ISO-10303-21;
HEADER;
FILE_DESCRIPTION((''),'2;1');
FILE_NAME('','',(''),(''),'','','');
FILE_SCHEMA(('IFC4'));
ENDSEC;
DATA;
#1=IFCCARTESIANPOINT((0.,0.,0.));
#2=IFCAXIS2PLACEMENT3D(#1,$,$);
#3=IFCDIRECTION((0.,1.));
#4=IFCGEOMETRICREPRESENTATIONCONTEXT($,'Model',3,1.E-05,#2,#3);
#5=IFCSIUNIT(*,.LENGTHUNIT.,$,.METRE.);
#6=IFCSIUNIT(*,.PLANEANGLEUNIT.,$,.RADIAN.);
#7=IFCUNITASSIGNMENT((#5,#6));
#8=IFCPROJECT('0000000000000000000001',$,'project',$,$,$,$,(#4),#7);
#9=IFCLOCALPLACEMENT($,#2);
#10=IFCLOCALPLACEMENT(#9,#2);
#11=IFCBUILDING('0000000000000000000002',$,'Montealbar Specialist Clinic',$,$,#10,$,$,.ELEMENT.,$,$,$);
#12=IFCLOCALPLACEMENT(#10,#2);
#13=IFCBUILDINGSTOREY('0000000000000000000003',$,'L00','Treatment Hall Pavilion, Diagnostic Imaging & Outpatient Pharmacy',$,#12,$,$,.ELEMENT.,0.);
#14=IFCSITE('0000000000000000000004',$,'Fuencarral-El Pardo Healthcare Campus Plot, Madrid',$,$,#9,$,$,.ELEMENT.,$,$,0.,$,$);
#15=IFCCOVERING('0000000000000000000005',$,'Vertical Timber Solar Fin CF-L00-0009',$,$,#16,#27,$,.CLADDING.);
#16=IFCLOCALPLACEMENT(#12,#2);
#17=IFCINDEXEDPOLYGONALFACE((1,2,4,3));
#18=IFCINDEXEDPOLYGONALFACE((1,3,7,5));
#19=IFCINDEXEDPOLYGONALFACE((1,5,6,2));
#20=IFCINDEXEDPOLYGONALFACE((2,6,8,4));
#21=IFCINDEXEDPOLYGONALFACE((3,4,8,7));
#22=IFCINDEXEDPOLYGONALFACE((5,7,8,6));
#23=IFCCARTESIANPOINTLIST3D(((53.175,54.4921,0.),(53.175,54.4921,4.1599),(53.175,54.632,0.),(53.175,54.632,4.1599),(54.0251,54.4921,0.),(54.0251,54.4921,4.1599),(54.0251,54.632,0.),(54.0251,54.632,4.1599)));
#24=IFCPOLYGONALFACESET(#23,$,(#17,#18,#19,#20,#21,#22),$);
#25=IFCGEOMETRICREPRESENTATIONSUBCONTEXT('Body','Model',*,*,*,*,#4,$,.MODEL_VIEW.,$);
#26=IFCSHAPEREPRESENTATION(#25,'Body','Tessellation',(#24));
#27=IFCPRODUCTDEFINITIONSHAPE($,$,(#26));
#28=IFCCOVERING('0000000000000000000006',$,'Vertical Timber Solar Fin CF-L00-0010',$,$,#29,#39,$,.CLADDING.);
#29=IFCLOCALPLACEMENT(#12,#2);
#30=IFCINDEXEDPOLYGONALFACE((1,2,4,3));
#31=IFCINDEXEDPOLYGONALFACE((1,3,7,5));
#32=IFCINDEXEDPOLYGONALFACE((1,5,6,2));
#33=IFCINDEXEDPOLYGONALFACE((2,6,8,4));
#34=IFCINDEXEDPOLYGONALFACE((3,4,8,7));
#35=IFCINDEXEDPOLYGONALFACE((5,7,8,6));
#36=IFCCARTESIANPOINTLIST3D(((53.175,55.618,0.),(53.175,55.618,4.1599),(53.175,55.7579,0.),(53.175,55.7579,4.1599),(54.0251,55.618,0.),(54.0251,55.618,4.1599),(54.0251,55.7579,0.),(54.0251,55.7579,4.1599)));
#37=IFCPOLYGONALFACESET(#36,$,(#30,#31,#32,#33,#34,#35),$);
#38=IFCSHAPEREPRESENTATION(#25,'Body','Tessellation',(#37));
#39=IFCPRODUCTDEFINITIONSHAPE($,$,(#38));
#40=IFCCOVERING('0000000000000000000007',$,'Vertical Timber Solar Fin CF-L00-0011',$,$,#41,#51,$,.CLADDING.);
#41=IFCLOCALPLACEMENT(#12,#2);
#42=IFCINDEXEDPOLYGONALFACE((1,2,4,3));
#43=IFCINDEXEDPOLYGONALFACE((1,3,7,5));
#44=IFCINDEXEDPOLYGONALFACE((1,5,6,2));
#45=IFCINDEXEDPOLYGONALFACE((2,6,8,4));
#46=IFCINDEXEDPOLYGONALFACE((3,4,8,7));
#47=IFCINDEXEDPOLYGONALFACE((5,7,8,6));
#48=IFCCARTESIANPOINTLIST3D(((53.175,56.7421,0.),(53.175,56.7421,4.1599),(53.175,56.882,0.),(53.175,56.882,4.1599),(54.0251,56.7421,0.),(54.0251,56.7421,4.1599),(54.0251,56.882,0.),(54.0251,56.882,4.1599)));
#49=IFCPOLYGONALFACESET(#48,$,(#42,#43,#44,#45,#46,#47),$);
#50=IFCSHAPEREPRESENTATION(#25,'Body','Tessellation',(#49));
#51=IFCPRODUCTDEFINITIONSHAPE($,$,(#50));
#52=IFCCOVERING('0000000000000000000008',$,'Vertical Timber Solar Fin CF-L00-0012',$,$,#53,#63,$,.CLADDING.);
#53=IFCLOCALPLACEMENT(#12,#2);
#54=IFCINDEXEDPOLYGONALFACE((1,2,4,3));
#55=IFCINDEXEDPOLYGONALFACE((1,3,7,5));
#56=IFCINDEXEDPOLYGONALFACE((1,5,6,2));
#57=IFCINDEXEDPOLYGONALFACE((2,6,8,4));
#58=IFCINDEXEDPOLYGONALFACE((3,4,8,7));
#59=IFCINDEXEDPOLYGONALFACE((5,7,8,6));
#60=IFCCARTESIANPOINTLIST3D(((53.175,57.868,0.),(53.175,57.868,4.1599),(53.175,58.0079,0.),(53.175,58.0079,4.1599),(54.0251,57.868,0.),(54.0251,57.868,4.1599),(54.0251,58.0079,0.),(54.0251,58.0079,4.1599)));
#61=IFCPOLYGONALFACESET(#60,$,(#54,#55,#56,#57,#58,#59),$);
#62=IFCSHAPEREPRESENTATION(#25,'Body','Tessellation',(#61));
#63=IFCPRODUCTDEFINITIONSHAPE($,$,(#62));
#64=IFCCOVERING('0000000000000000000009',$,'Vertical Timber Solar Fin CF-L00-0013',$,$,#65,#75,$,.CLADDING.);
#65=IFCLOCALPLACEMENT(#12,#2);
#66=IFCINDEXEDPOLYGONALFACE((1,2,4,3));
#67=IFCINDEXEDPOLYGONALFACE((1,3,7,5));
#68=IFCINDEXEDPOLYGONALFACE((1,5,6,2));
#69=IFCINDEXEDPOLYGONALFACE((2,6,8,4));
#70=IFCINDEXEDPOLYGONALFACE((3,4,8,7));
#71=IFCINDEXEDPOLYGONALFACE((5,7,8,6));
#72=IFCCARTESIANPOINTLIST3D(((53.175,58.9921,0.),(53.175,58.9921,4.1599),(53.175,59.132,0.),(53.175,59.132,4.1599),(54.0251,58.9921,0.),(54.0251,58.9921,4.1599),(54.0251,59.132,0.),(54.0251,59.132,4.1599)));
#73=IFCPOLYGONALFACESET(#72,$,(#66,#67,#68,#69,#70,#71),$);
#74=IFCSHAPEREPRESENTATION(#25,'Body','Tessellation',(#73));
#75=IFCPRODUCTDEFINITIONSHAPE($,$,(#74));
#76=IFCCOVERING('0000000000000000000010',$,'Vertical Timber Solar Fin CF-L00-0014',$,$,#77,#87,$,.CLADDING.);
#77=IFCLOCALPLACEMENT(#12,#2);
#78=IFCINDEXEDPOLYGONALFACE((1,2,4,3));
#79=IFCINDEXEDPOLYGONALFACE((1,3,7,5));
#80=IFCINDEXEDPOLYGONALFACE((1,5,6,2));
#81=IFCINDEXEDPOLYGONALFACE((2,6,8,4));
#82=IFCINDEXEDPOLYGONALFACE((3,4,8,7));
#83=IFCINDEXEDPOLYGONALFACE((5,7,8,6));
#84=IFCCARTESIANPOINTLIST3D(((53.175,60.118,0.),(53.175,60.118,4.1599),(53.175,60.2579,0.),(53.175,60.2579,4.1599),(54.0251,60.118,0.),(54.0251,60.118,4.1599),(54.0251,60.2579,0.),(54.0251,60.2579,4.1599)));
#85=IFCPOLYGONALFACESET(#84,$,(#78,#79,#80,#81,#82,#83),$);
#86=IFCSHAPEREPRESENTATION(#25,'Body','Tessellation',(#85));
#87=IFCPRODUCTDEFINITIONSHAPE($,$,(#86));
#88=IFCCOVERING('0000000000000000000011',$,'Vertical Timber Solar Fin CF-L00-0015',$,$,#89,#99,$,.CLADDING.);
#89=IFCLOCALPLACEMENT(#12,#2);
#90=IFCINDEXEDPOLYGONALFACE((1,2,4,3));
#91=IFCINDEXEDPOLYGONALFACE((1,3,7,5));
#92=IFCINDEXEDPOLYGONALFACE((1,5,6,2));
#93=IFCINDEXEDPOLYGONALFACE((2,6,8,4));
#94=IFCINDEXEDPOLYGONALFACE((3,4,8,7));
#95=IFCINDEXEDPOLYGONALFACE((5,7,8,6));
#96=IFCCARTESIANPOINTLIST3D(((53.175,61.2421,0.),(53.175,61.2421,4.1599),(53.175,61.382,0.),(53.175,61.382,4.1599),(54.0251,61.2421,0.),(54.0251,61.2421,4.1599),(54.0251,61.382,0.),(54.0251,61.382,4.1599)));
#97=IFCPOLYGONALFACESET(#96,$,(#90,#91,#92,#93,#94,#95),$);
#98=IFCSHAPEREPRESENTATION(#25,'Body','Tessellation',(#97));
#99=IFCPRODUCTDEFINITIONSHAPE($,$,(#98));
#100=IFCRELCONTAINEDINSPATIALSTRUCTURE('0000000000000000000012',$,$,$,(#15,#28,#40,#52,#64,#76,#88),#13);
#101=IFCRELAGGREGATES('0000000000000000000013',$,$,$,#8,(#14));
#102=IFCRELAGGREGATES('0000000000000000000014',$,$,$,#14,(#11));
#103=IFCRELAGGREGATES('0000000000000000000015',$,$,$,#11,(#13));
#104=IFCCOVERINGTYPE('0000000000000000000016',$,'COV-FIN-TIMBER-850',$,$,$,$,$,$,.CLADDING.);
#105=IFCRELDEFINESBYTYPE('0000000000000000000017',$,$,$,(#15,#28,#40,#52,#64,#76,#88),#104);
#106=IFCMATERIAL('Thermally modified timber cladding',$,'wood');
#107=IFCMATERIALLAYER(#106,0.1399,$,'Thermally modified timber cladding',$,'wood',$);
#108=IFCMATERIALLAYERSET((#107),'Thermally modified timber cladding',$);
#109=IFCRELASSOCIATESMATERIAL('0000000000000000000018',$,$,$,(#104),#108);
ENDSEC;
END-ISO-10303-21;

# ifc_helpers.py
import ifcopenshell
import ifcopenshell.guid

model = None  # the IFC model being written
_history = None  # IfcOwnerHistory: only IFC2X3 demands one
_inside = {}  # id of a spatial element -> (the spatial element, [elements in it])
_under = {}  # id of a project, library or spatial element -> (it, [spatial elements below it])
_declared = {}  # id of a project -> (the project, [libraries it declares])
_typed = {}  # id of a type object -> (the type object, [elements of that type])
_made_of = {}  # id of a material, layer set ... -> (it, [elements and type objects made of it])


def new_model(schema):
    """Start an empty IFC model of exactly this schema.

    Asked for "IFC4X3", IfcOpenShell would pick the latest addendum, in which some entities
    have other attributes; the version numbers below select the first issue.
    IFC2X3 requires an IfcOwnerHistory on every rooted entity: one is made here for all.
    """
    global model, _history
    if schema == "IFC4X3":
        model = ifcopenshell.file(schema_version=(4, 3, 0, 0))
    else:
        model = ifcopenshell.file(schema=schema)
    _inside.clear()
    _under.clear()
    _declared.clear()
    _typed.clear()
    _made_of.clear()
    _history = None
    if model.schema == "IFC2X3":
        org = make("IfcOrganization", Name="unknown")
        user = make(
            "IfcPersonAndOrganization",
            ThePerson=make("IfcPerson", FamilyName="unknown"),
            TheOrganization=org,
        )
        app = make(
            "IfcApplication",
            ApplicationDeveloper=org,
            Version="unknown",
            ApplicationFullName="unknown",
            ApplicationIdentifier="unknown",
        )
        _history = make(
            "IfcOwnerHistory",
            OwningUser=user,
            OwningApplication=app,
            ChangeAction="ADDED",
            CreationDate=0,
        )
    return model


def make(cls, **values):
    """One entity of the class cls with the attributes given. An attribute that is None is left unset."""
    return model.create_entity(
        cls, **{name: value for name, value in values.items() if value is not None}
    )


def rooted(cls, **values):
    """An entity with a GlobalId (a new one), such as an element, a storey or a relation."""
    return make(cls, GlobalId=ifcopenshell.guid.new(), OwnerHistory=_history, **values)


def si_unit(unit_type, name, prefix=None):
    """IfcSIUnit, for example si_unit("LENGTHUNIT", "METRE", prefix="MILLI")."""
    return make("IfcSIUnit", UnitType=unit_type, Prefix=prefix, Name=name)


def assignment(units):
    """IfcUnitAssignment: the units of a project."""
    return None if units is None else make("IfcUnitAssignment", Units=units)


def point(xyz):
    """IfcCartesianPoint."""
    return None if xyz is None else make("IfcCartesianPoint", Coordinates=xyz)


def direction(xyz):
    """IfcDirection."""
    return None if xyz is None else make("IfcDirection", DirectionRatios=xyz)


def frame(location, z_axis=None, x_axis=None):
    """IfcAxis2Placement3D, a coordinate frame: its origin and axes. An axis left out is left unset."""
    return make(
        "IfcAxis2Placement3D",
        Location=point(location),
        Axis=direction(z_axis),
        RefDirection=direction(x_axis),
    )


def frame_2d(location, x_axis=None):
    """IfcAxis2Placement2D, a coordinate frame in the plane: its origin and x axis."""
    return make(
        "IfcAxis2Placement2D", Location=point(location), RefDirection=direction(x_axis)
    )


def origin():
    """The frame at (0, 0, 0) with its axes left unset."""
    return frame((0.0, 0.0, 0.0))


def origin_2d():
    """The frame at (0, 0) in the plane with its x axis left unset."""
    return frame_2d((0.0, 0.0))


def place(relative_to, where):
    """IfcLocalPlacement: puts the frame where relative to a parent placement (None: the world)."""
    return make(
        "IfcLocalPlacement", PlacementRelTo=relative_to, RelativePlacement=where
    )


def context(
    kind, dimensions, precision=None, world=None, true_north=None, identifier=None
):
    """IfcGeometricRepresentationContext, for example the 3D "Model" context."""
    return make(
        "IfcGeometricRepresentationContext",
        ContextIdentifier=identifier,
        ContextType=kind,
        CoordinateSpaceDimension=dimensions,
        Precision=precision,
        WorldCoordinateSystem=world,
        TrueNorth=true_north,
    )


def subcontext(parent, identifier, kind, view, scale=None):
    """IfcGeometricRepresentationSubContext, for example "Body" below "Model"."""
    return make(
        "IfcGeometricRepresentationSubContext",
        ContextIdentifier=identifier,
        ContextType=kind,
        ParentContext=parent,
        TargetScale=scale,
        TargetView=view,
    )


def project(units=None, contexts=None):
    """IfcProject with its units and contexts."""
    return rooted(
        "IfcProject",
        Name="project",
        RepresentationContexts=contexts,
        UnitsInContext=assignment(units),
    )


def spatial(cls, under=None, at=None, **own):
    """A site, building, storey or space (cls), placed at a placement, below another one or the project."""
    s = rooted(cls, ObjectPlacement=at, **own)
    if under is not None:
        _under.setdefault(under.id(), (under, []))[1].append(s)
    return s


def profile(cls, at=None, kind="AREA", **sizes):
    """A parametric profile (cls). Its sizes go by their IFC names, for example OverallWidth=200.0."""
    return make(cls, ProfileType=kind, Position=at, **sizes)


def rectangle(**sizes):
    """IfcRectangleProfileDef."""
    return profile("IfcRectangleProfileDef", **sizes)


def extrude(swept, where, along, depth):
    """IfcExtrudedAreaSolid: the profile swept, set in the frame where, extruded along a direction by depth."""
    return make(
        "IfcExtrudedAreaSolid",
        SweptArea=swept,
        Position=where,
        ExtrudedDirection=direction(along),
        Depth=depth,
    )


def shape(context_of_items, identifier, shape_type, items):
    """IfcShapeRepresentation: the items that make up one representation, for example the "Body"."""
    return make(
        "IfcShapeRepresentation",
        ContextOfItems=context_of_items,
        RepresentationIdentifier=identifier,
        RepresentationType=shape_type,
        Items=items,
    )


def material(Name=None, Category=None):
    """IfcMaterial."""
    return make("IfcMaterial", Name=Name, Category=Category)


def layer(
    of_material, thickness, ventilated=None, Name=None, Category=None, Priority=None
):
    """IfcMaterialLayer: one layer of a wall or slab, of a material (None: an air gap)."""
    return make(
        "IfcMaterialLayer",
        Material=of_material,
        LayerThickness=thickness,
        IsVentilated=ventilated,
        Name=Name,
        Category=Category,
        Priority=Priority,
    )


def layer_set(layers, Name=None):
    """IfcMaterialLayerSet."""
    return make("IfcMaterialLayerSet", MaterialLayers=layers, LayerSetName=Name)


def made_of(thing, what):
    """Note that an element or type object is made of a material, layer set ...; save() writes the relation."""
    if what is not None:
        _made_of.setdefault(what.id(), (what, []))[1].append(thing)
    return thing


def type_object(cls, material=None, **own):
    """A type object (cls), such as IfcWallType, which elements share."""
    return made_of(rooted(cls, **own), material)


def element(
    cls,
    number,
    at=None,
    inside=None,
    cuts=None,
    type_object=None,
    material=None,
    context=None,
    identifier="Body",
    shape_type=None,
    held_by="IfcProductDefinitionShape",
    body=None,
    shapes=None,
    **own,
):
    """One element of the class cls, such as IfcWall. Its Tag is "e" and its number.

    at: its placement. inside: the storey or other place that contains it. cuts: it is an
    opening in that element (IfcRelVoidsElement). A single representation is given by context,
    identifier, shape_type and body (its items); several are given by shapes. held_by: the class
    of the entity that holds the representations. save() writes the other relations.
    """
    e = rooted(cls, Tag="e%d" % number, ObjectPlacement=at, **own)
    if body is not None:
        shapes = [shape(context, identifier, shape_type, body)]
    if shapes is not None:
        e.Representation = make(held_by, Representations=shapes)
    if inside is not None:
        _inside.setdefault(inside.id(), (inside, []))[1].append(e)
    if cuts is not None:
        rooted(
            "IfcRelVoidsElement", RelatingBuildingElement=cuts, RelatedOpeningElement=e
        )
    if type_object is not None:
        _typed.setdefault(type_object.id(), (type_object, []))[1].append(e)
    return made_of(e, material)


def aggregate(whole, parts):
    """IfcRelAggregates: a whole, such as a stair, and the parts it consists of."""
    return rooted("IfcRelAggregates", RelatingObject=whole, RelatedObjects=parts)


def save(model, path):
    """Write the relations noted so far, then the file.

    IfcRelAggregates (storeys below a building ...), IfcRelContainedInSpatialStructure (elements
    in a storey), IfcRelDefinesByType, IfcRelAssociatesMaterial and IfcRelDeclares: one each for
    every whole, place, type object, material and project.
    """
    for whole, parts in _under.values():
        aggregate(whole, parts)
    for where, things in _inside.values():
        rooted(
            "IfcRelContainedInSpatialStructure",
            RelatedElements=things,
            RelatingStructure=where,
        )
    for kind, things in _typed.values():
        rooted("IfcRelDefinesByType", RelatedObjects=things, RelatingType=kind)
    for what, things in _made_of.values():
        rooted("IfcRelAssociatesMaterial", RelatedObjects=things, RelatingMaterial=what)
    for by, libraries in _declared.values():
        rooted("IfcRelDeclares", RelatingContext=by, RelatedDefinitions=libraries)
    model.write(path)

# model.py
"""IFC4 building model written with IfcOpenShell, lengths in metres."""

from ifc_helpers import new_model, si_unit, direction, frame, origin, origin_2d, place, context, subcontext, project, spatial, rectangle, extrude, material, layer, layer_set, type_object, element, save


model = new_model("IFC4")

# Units and contexts
model_context = context("Model", 3, precision=1e-05, world=origin(), true_north=direction((0.0, 1.0)))
body_context = subcontext(model_context, "Body", "Model", "MODEL_VIEW")
ifc_project = project(units=[si_unit("LENGTHUNIT", "METRE"), si_unit("PLANEANGLEUNIT", "RADIAN")], contexts=[model_context])

# Site, building, storey
site_placement = place(None, origin())
site = spatial("IfcSite", under=ifc_project, at=site_placement, Name="Fuencarral-El Pardo Healthcare Campus Plot, Madrid", CompositionType="ELEMENT", RefElevation=0.0)
building_placement = place(site_placement, origin())
building = spatial("IfcBuilding", under=site, at=building_placement, Name="Montealbar Specialist Clinic", CompositionType="ELEMENT")
storey_placement = place(building_placement, origin())
storey = spatial("IfcBuildingStorey", under=building, at=storey_placement, Name="L00", Description="Treatment Hall Pavilion, Diagnostic Imaging & Outpatient Pharmacy", CompositionType="ELEMENT", Elevation=0.0)

# Coverings
ifc_material_1 = material(Name="Thermally modified timber cladding", Category="wood")
ifc_layer_1 = layer(ifc_material_1, 0.1399, Name="Thermally modified timber cladding", Category="wood")
ifc_layer_set_1 = layer_set([ifc_layer_1], Name="Thermally modified timber cladding")
covering_type = type_object("IfcCoveringType", Name="COV-FIN-TIMBER-850", PredefinedType="CLADDING", material=ifc_layer_set_1)
for number, where, z_axis, x_axis, name in (
    (1, (53.6001, 54.562, 0.0), (0.0, 0.0, 1.0), (-1.0, 0.0, 0.0), "Vertical Timber Solar Fin CF-L00-0009"),
    (2, (53.6001, 55.688, 0.0), (0.0, 0.0, 1.0), (-1.0, 0.0, 0.0), "Vertical Timber Solar Fin CF-L00-0010"),
    (3, (53.6001, 56.812, 0.0), (0.0, 0.0, 1.0), (-1.0, 0.0, 0.0), "Vertical Timber Solar Fin CF-L00-0011"),
    (4, (53.6001, 57.938, 0.0), (0.0, 0.0, 1.0), (-1.0, 0.0, 0.0), "Vertical Timber Solar Fin CF-L00-0012"),
    (5, (53.6001, 59.062, 0.0), (0.0, 0.0, 1.0), (-1.0, 0.0, 0.0), "Vertical Timber Solar Fin CF-L00-0013"),
    (6, (53.6001, 60.188, 0.0), (0.0, 0.0, 1.0), (-1.0, 0.0, 0.0), "Vertical Timber Solar Fin CF-L00-0014"),
    (7, (53.6001, 61.312, 0.0), (0.0, 0.0, 1.0), (-1.0, 0.0, 0.0), "Vertical Timber Solar Fin CF-L00-0015"),
):
    element("IfcCovering", number, at=place(storey_placement, frame(where, z_axis=z_axis, x_axis=x_axis)), inside=storey, type_object=covering_type, Name=name, PredefinedType="CLADDING", context=body_context, shape_type="SweptSolid", body=[
        extrude(rectangle(XDim=0.8501, YDim=0.1399, at=origin_2d()), origin(), (0.0, 0.0, 1.0), 4.1599),
    ])

save(model, "model.ifc")
